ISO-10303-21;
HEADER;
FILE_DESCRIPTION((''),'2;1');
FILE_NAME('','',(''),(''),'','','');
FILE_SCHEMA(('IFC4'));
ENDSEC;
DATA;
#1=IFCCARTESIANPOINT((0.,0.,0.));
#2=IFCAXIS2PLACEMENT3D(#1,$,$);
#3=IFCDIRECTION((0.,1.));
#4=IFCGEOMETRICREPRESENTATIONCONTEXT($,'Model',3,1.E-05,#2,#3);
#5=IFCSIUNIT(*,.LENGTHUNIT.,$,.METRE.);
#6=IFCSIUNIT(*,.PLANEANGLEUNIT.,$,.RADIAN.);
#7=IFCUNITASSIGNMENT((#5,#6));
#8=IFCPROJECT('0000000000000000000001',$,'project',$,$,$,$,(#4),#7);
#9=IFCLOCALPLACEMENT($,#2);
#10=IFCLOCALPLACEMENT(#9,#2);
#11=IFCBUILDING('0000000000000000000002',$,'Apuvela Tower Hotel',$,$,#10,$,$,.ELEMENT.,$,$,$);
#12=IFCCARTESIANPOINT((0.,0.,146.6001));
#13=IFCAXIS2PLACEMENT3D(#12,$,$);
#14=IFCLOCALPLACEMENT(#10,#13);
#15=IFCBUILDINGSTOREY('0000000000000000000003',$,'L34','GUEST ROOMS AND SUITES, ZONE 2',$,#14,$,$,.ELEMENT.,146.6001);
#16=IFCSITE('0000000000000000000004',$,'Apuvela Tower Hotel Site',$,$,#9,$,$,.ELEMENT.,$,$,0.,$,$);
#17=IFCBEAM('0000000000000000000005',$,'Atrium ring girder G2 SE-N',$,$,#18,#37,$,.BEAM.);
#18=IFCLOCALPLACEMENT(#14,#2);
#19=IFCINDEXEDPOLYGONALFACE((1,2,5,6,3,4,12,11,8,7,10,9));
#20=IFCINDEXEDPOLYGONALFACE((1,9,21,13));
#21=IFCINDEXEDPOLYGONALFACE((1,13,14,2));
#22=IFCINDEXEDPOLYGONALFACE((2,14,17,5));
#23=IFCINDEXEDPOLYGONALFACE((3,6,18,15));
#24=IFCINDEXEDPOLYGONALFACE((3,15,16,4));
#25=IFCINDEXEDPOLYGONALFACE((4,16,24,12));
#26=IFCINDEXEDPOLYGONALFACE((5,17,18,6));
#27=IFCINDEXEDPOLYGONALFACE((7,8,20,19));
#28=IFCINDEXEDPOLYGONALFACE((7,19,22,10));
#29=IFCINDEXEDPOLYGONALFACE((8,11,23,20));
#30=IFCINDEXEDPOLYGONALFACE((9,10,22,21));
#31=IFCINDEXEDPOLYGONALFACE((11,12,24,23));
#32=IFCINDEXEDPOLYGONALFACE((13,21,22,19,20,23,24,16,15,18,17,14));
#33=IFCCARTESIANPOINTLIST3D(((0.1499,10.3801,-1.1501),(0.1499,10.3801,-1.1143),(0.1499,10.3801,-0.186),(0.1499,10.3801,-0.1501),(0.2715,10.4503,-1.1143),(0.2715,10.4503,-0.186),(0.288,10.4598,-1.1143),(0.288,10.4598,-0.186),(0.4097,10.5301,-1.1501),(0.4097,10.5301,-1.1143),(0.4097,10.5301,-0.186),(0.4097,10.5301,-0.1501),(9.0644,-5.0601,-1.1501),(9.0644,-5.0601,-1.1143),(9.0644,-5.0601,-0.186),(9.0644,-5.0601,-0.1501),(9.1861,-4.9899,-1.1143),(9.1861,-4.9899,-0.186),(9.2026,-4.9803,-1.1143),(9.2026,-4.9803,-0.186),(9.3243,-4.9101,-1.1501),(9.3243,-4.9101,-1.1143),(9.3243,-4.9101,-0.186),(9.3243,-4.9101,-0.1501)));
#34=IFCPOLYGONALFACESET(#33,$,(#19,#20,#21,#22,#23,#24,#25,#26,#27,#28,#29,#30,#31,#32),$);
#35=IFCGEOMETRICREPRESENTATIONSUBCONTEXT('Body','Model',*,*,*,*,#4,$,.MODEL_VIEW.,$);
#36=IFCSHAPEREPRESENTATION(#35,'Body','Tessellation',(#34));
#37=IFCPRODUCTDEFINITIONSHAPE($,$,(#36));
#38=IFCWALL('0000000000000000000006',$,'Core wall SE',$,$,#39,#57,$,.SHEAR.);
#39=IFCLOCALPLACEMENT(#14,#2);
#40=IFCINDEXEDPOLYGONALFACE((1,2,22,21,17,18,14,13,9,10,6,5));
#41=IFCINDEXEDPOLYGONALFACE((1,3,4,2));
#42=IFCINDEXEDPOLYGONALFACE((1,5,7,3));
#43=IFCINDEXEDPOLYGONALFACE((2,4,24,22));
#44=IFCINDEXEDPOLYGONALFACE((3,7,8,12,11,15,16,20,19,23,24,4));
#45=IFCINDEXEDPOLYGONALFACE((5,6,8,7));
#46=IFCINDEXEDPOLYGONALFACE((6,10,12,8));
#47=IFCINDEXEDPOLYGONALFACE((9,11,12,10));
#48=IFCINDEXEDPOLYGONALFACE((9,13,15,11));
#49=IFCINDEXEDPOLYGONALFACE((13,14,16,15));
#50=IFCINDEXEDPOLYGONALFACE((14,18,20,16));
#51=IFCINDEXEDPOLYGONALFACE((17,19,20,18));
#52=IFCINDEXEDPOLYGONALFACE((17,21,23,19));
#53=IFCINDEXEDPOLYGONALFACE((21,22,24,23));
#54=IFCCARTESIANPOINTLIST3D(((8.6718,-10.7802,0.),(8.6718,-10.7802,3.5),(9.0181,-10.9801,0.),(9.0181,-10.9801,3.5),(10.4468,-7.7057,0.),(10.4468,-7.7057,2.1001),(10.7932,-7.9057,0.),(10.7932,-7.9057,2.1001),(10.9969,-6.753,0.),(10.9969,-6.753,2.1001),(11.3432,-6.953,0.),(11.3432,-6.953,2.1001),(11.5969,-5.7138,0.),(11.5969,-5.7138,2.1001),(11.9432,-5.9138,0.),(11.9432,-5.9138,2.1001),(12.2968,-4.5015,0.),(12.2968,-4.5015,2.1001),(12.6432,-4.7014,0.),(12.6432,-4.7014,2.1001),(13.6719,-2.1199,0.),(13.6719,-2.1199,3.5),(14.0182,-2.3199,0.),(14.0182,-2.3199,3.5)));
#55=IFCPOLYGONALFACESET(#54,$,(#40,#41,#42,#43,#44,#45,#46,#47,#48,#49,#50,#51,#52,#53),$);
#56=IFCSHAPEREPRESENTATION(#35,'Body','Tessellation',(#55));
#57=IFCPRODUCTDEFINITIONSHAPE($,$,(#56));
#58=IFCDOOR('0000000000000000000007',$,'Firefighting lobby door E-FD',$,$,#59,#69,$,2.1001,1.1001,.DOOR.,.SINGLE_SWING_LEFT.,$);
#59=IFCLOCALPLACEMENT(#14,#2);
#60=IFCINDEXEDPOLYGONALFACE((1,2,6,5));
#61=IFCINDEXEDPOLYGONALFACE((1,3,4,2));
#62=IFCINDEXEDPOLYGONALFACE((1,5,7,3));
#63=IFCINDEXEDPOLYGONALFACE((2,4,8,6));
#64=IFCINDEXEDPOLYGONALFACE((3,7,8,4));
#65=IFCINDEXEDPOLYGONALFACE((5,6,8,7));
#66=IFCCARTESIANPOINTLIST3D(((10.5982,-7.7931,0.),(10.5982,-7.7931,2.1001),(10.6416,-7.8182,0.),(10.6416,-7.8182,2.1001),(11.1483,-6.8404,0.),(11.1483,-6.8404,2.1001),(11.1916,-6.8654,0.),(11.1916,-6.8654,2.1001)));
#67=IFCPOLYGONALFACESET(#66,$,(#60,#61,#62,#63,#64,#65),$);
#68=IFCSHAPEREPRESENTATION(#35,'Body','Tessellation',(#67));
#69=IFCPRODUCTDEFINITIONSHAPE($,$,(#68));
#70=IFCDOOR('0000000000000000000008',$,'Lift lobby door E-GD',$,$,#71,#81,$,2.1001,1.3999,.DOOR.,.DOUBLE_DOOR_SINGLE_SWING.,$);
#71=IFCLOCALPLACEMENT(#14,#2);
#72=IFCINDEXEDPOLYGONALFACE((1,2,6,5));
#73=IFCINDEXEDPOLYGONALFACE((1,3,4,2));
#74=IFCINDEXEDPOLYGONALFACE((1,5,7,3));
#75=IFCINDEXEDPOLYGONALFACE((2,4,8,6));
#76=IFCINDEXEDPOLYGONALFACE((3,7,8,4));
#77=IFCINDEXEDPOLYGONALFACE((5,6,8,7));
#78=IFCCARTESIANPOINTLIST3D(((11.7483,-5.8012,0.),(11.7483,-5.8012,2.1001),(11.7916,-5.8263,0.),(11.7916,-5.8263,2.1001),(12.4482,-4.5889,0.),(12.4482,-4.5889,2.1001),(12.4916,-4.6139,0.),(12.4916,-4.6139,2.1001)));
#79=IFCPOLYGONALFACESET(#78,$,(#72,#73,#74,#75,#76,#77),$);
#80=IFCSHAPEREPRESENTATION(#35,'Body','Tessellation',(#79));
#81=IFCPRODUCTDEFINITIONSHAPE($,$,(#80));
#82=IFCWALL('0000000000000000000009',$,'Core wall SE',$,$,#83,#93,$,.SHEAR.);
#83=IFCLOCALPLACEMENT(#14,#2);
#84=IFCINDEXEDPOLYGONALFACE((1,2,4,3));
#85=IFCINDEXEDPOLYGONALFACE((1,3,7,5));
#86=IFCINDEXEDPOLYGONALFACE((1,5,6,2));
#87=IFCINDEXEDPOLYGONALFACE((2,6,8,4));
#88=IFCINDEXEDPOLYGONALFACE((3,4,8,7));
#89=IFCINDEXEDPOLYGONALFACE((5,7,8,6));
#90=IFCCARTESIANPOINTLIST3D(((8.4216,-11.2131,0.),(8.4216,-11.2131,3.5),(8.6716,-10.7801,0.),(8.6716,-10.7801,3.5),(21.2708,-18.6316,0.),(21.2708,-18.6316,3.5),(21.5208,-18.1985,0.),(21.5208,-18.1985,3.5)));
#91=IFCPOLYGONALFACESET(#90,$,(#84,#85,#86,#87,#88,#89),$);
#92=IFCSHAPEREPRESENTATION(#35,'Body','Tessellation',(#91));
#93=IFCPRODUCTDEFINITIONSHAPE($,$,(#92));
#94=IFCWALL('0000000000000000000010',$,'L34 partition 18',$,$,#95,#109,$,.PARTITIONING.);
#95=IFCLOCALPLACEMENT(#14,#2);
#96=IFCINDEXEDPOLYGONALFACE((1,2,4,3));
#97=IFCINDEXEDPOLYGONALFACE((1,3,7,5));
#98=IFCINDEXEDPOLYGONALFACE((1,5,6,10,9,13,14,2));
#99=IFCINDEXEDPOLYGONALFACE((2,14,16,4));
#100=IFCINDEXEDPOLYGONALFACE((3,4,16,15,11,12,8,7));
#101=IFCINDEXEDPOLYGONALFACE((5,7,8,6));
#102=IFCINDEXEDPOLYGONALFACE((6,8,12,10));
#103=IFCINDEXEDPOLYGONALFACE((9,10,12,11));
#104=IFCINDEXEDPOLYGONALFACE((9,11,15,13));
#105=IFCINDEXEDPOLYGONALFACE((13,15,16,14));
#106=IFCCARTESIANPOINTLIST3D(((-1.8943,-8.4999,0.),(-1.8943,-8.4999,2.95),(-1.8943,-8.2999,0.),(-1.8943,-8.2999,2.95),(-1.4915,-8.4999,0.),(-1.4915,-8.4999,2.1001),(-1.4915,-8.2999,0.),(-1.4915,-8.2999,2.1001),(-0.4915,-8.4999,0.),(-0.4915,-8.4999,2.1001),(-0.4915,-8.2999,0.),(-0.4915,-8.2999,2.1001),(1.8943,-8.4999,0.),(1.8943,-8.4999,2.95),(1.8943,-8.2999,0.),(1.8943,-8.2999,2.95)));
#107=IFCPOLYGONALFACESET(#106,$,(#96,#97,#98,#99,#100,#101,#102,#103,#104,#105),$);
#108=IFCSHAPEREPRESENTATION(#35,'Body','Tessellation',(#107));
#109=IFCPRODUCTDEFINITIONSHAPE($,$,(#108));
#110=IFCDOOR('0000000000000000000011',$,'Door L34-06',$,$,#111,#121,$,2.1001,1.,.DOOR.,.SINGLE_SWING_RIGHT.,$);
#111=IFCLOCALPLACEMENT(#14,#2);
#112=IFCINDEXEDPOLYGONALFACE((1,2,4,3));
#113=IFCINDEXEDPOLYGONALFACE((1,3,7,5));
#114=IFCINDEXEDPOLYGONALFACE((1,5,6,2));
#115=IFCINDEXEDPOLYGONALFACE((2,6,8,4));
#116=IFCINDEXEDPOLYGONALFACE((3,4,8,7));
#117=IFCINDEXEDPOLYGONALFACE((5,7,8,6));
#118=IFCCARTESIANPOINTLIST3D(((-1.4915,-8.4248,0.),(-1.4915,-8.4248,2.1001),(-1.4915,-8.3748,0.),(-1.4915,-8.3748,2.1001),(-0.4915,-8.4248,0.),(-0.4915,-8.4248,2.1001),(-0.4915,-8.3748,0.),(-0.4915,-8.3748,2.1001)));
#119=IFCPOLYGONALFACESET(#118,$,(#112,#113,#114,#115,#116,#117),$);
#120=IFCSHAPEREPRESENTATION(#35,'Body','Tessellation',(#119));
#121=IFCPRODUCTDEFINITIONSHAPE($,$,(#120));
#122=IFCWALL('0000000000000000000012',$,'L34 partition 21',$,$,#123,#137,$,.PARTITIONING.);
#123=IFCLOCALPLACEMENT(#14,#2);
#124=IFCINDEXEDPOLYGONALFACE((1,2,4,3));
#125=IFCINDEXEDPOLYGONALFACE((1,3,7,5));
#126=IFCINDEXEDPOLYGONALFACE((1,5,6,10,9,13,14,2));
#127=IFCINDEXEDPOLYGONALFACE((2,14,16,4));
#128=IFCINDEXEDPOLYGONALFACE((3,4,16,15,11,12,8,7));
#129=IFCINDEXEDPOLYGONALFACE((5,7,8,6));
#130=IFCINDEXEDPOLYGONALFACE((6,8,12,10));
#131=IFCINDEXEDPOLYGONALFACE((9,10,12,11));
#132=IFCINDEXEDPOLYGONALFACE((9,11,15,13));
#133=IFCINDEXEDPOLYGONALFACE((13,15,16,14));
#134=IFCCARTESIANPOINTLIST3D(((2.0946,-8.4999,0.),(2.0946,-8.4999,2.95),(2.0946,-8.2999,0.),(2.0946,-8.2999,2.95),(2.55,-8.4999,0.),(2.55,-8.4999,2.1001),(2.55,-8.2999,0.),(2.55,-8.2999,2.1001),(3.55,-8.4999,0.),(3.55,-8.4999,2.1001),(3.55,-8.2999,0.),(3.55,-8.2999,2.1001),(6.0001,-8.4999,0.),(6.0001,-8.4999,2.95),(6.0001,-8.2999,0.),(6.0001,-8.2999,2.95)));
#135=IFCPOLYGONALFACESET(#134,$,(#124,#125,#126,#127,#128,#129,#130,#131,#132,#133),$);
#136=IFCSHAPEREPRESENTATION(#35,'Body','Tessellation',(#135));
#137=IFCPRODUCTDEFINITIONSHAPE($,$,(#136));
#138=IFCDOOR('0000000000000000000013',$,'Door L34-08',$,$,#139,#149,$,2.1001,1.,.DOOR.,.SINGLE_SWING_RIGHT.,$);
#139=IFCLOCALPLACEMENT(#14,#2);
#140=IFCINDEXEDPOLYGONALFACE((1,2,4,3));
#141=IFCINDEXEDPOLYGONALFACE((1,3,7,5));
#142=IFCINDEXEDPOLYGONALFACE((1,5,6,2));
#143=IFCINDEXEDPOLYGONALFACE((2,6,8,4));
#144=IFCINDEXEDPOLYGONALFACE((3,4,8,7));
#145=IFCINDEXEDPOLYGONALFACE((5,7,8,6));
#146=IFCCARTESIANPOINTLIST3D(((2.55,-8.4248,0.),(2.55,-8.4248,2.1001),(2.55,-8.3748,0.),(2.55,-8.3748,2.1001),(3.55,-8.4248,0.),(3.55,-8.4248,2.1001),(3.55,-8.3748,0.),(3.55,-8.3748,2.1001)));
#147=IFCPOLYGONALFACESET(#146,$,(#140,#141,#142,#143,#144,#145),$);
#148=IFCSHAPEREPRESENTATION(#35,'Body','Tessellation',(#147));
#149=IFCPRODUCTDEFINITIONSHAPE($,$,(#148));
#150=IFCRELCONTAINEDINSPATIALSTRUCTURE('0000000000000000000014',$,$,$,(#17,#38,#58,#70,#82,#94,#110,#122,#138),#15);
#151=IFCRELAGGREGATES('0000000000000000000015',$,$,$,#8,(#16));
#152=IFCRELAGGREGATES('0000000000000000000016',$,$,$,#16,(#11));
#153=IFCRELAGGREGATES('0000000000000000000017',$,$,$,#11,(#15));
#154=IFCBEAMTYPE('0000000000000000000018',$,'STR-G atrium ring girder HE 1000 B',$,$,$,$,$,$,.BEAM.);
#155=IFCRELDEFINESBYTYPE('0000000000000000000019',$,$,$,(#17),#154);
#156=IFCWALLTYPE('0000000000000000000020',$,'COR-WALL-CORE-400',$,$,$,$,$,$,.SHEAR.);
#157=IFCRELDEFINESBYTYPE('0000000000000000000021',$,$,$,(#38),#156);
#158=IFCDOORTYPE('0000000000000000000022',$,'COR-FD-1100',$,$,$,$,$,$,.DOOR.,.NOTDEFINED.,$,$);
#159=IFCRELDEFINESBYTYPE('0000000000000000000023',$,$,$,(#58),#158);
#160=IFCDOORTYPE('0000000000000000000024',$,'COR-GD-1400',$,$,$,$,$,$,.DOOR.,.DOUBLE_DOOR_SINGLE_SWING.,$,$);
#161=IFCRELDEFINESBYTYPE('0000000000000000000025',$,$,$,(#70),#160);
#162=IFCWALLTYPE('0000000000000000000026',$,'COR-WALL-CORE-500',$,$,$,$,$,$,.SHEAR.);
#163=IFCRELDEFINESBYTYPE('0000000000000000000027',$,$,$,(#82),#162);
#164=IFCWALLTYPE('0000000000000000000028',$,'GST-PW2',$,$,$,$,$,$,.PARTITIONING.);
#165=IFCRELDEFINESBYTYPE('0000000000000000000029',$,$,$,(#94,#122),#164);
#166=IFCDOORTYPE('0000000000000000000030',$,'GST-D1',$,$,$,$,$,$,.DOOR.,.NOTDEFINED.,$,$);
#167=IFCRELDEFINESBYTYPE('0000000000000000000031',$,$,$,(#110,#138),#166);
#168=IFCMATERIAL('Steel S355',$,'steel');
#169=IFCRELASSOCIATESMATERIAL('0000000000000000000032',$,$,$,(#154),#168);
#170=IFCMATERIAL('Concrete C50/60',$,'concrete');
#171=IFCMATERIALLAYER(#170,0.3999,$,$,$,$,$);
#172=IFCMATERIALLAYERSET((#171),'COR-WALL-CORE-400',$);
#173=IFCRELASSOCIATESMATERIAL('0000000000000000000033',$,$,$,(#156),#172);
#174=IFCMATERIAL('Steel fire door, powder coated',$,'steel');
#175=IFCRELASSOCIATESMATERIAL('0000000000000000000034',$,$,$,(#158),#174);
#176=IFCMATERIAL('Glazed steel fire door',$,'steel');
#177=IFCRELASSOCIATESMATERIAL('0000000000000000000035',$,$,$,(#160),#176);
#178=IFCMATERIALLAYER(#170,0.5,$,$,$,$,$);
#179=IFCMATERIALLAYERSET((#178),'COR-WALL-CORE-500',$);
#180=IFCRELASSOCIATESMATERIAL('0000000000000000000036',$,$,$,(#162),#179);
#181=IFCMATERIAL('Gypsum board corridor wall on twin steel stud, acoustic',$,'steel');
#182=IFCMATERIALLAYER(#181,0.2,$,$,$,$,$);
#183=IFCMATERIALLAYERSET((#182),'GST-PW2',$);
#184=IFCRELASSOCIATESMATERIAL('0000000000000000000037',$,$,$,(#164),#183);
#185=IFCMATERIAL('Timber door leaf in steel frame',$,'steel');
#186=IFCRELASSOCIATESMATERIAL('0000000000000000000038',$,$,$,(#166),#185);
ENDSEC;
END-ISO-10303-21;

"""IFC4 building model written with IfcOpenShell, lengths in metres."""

from ifc_helpers import new_model, si_unit, direction, frame, frame_2d, origin, origin_2d, place, context, subcontext, project, spatial, rectangle, i_section, extrude, material, layer, layer_set, material_profile, profile_set, type_object, element, fill, save


model = new_model("IFC4")

# Units and contexts
model_context = context("Model", 3, precision=1e-05, world=origin(), true_north=direction((0.0, 1.0)))
body_context = subcontext(model_context, "Body", "Model", "MODEL_VIEW")
ifc_project = project(units=[si_unit("LENGTHUNIT", "METRE"), si_unit("PLANEANGLEUNIT", "RADIAN")], contexts=[model_context])

# Site, building, storey
site_placement = place(None, origin())
site = spatial("IfcSite", under=ifc_project, at=site_placement, Name="Apuvela Tower Hotel Site", CompositionType="ELEMENT", RefElevation=0.0)
building_placement = place(site_placement, origin())
building = spatial("IfcBuilding", under=site, at=building_placement, Name="Apuvela Tower Hotel", CompositionType="ELEMENT")
storey_placement = place(building_placement, frame((0.0, 0.0, 146.6001)))
storey = spatial("IfcBuildingStorey", under=building, at=storey_placement, Name="L34", Description="GUEST ROOMS AND SUITES, ZONE 2", CompositionType="ELEMENT", Elevation=146.6001)

# Beam
ifc_material_1 = material(Name="Steel S355", Category="steel")
ifc_material_profile = material_profile(ifc_material_1, i_section(OverallWidth=0.3, OverallDepth=1.0, WebThickness=0.019, FlangeThickness=0.0359, at=origin_2d()), Name="HE 1000 B")
ifc_profile_set = profile_set([ifc_material_profile], Name="Steel S355")
beam_type = type_object("IfcBeamType", Name="STR-G atrium ring girder HE 1000 B", PredefinedType="BEAM", material=ifc_profile_set)
beam_placement = place(storey_placement, frame((9.1943, -4.9851, -0.6501), z_axis=(-0.500007, 0.866022, 0.0), x_axis=(-0.866022, -0.500007, 0.0)))
element("IfcBeam", 1, at=beam_placement, inside=storey, type_object=beam_type, Name="Atrium ring girder G2 SE-N", PredefinedType="BEAM", context=body_context, shape_type="SweptSolid", body=[
    extrude(i_section(OverallWidth=0.3, OverallDepth=1.0, WebThickness=0.019, FlangeThickness=0.0359, at=origin_2d()), origin(), (0.0, 0.0, 1.0), 17.8289),
])

# Wall, openings, doors
ifc_material_2 = material(Name="Concrete C50/60", Category="concrete")
ifc_layer_1 = layer(ifc_material_2, 0.3999)
ifc_layer_set_1 = layer_set([ifc_layer_1], Name="COR-WALL-CORE-400")
wall_type_1 = type_object("IfcWallType", Name="COR-WALL-CORE-400", PredefinedType="SHEAR", material=ifc_layer_set_1)
wall_1_placement = place(storey_placement, frame((8.845, -10.8801, 0.0), z_axis=(0.0, 0.0, 1.0), x_axis=(0.500004, 0.866023, 0.0)))
wall_1 = element("IfcWall", 2, at=wall_1_placement, inside=storey, type_object=wall_type_1, Name="Core wall SE", PredefinedType="SHEAR", context=body_context, shape_type="SweptSolid", body=[
    extrude(rectangle(XDim=10.0, YDim=0.3999, at=frame_2d((5.0, 0.0))), origin(), (0.0, 0.0, 1.0), 3.5),
])
opening_1_placement = place(wall_1_placement, frame((3.55, 0.0, 0.0)))
opening_1 = element("IfcOpeningElement", 3, at=opening_1_placement, cuts=wall_1, PredefinedType="OPENING", context=body_context, shape_type="SweptSolid", body=[
    extrude(rectangle(XDim=1.1001, YDim=2.1001, at=frame_2d((0.55, 1.05))), frame((0.0, 0.21, 0.0), z_axis=(0.0, -1.0, 0.0), x_axis=(1.0, 0.0, 0.0)), (0.0, 0.0, 1.0), 0.4199),
])
opening_2_placement = place(wall_1_placement, frame((5.8501, 0.0, 0.0)))
opening_2 = element("IfcOpeningElement", 4, at=opening_2_placement, cuts=wall_1, PredefinedType="OPENING", context=body_context, shape_type="SweptSolid", body=[
    extrude(rectangle(XDim=1.3999, YDim=2.1001, at=frame_2d((0.7, 1.05))), frame((0.0, 0.21, 0.0), z_axis=(0.0, -1.0, 0.0), x_axis=(1.0, 0.0, 0.0)), (0.0, 0.0, 1.0), 0.4199),
])
ifc_material_3 = material(Name="Steel fire door, powder coated", Category="steel")
door_type_1 = type_object("IfcDoorType", Name="COR-FD-1100", OperationType="NOTDEFINED", PredefinedType="DOOR", material=ifc_material_3)
door_1_placement = place(opening_1_placement, frame((1.1001, 0.0, 0.0), z_axis=(0.0, 0.0, 1.0), x_axis=(-1.0, 0.0, 0.0)))
door_1 = element("IfcDoor", 5, at=door_1_placement, inside=storey, type_object=door_type_1, Name="Firefighting lobby door E-FD", OperationType="SINGLE_SWING_LEFT", OverallHeight=2.1001, OverallWidth=1.1001, PredefinedType="DOOR", context=body_context, shape_type="SweptSolid", body=[
    extrude(rectangle(XDim=1.1001, YDim=2.1001, at=frame_2d((0.55, 1.05))), frame((0.0, 0.0249, 0.0), z_axis=(0.0, -1.0, 0.0), x_axis=(1.0, 0.0, 0.0)), (0.0, 0.0, 1.0), 0.05),
])
fill(opening_1, door_1)
ifc_material_4 = material(Name="Glazed steel fire door", Category="steel")
door_type_2 = type_object("IfcDoorType", Name="COR-GD-1400", OperationType="DOUBLE_DOOR_SINGLE_SWING", PredefinedType="DOOR", material=ifc_material_4)
door_2_placement = place(opening_2_placement, frame((1.3999, 0.0, 0.0), z_axis=(0.0, 0.0, 1.0), x_axis=(-1.0, 0.0, 0.0)))
door_2 = element("IfcDoor", 6, at=door_2_placement, inside=storey, type_object=door_type_2, Name="Lift lobby door E-GD", OperationType="DOUBLE_DOOR_SINGLE_SWING", OverallHeight=2.1001, OverallWidth=1.3999, PredefinedType="DOOR", context=body_context, shape_type="SweptSolid", body=[
    extrude(rectangle(XDim=1.3999, YDim=2.1001, at=frame_2d((0.7, 1.05))), frame((0.0, 0.0249, 0.0), z_axis=(0.0, -1.0, 0.0), x_axis=(1.0, 0.0, 0.0)), (0.0, 0.0, 1.0), 0.05),
])
fill(opening_2, door_2)

# Wall
ifc_layer_2 = layer(ifc_material_2, 0.5)
ifc_layer_set_2 = layer_set([ifc_layer_2], Name="COR-WALL-CORE-500")
wall_type_2 = type_object("IfcWallType", Name="COR-WALL-CORE-500", PredefinedType="SHEAR", material=ifc_layer_set_2)
wall_2_placement = place(storey_placement, frame((8.5466, -10.9966, 0.0), z_axis=(0.0, 0.0, 1.0), x_axis=(0.866025, -0.500001, 0.0)))
element("IfcWall", 7, at=wall_2_placement, inside=storey, type_object=wall_type_2, Name="Core wall SE", PredefinedType="SHEAR", context=body_context, shape_type="SweptSolid", body=[
    extrude(rectangle(XDim=14.8369, YDim=0.5, at=frame_2d((7.4185, 0.0))), origin(), (0.0, 0.0, 1.0), 3.5),
])

# Walls, openings, doors
ifc_material_5 = material(Name="Gypsum board corridor wall on twin steel stud, acoustic", Category="steel")
ifc_layer_3 = layer(ifc_material_5, 0.2)
ifc_layer_set_3 = layer_set([ifc_layer_3], Name="GST-PW2")
wall_type_3 = type_object("IfcWallType", Name="GST-PW2", PredefinedType="PARTITIONING", material=ifc_layer_set_3)
wall_3_placement = place(storey_placement, frame((1.8943, -8.3999, 0.0), z_axis=(0.0, 0.0, 1.0), x_axis=(-1.0, 0.0, 0.0)))
wall_3 = element("IfcWall", 8, at=wall_3_placement, inside=storey, type_object=wall_type_3, Name="L34 partition 18", PredefinedType="PARTITIONING", context=body_context, shape_type="SweptSolid", body=[
    extrude(rectangle(XDim=3.7886, YDim=0.2, at=frame_2d((1.8943, 0.0))), origin(), (0.0, 0.0, 1.0), 2.95),
])
opening_3_placement = place(wall_3_placement, frame((2.3857, 0.0, 0.0)))
opening_3 = element("IfcOpeningElement", 9, at=opening_3_placement, cuts=wall_3, PredefinedType="OPENING", context=body_context, shape_type="SweptSolid", body=[
    extrude(rectangle(XDim=1.0, YDim=2.1001, at=frame_2d((0.5, 1.05))), frame((0.0, 0.1099, 0.0), z_axis=(0.0, -1.0, 0.0), x_axis=(1.0, 0.0, 0.0)), (0.0, 0.0, 1.0), 0.22),
])
ifc_material_6 = material(Name="Timber door leaf in steel frame", Category="steel")
door_type_3 = type_object("IfcDoorType", Name="GST-D1", OperationType="NOTDEFINED", PredefinedType="DOOR", material=ifc_material_6)
door_3_placement = place(opening_3_placement, origin())
door_3 = element("IfcDoor", 10, at=door_3_placement, inside=storey, type_object=door_type_3, Name="Door L34-06", OperationType="SINGLE_SWING_RIGHT", OverallHeight=2.1001, OverallWidth=1.0, PredefinedType="DOOR", context=body_context, shape_type="SweptSolid", body=[
    extrude(rectangle(XDim=1.0, YDim=2.1001, at=frame_2d((0.5, 1.05))), frame((0.0, 0.0249, 0.0), z_axis=(0.0, -1.0, 0.0), x_axis=(1.0, 0.0, 0.0)), (0.0, 0.0, 1.0), 0.05),
])
fill(opening_3, door_3)
wall_4_placement = place(storey_placement, frame((6.0, -8.3999, 0.0), z_axis=(0.0, 0.0, 1.0), x_axis=(-1.0, 0.0, 0.0)))
wall_4 = element("IfcWall", 11, at=wall_4_placement, inside=storey, type_object=wall_type_3, Name="L34 partition 21", PredefinedType="PARTITIONING", context=body_context, shape_type="SweptSolid", body=[
    extrude(rectangle(XDim=3.9055, YDim=0.2, at=frame_2d((1.9526, 0.0))), origin(), (0.0, 0.0, 1.0), 2.95),
])
opening_4_placement = place(wall_4_placement, frame((2.45, 0.0, 0.0)))
opening_4 = element("IfcOpeningElement", 12, at=opening_4_placement, cuts=wall_4, PredefinedType="OPENING", context=body_context, shape_type="SweptSolid", body=[
    extrude(rectangle(XDim=1.0, YDim=2.1001, at=frame_2d((0.5, 1.05))), frame((0.0, 0.1099, 0.0), z_axis=(0.0, -1.0, 0.0), x_axis=(1.0, 0.0, 0.0)), (0.0, 0.0, 1.0), 0.22),
])
door_4_placement = place(opening_4_placement, origin())
door_4 = element("IfcDoor", 13, at=door_4_placement, inside=storey, type_object=door_type_3, Name="Door L34-08", OperationType="SINGLE_SWING_RIGHT", OverallHeight=2.1001, OverallWidth=1.0, PredefinedType="DOOR", context=body_context, shape_type="SweptSolid", body=[
    extrude(rectangle(XDim=1.0, YDim=2.1001, at=frame_2d((0.5, 1.05))), frame((0.0, 0.0249, 0.0), z_axis=(0.0, -1.0, 0.0), x_axis=(1.0, 0.0, 0.0)), (0.0, 0.0, 1.0), 0.05),
])
fill(opening_4, door_4)

save(model, "model.ifc")
